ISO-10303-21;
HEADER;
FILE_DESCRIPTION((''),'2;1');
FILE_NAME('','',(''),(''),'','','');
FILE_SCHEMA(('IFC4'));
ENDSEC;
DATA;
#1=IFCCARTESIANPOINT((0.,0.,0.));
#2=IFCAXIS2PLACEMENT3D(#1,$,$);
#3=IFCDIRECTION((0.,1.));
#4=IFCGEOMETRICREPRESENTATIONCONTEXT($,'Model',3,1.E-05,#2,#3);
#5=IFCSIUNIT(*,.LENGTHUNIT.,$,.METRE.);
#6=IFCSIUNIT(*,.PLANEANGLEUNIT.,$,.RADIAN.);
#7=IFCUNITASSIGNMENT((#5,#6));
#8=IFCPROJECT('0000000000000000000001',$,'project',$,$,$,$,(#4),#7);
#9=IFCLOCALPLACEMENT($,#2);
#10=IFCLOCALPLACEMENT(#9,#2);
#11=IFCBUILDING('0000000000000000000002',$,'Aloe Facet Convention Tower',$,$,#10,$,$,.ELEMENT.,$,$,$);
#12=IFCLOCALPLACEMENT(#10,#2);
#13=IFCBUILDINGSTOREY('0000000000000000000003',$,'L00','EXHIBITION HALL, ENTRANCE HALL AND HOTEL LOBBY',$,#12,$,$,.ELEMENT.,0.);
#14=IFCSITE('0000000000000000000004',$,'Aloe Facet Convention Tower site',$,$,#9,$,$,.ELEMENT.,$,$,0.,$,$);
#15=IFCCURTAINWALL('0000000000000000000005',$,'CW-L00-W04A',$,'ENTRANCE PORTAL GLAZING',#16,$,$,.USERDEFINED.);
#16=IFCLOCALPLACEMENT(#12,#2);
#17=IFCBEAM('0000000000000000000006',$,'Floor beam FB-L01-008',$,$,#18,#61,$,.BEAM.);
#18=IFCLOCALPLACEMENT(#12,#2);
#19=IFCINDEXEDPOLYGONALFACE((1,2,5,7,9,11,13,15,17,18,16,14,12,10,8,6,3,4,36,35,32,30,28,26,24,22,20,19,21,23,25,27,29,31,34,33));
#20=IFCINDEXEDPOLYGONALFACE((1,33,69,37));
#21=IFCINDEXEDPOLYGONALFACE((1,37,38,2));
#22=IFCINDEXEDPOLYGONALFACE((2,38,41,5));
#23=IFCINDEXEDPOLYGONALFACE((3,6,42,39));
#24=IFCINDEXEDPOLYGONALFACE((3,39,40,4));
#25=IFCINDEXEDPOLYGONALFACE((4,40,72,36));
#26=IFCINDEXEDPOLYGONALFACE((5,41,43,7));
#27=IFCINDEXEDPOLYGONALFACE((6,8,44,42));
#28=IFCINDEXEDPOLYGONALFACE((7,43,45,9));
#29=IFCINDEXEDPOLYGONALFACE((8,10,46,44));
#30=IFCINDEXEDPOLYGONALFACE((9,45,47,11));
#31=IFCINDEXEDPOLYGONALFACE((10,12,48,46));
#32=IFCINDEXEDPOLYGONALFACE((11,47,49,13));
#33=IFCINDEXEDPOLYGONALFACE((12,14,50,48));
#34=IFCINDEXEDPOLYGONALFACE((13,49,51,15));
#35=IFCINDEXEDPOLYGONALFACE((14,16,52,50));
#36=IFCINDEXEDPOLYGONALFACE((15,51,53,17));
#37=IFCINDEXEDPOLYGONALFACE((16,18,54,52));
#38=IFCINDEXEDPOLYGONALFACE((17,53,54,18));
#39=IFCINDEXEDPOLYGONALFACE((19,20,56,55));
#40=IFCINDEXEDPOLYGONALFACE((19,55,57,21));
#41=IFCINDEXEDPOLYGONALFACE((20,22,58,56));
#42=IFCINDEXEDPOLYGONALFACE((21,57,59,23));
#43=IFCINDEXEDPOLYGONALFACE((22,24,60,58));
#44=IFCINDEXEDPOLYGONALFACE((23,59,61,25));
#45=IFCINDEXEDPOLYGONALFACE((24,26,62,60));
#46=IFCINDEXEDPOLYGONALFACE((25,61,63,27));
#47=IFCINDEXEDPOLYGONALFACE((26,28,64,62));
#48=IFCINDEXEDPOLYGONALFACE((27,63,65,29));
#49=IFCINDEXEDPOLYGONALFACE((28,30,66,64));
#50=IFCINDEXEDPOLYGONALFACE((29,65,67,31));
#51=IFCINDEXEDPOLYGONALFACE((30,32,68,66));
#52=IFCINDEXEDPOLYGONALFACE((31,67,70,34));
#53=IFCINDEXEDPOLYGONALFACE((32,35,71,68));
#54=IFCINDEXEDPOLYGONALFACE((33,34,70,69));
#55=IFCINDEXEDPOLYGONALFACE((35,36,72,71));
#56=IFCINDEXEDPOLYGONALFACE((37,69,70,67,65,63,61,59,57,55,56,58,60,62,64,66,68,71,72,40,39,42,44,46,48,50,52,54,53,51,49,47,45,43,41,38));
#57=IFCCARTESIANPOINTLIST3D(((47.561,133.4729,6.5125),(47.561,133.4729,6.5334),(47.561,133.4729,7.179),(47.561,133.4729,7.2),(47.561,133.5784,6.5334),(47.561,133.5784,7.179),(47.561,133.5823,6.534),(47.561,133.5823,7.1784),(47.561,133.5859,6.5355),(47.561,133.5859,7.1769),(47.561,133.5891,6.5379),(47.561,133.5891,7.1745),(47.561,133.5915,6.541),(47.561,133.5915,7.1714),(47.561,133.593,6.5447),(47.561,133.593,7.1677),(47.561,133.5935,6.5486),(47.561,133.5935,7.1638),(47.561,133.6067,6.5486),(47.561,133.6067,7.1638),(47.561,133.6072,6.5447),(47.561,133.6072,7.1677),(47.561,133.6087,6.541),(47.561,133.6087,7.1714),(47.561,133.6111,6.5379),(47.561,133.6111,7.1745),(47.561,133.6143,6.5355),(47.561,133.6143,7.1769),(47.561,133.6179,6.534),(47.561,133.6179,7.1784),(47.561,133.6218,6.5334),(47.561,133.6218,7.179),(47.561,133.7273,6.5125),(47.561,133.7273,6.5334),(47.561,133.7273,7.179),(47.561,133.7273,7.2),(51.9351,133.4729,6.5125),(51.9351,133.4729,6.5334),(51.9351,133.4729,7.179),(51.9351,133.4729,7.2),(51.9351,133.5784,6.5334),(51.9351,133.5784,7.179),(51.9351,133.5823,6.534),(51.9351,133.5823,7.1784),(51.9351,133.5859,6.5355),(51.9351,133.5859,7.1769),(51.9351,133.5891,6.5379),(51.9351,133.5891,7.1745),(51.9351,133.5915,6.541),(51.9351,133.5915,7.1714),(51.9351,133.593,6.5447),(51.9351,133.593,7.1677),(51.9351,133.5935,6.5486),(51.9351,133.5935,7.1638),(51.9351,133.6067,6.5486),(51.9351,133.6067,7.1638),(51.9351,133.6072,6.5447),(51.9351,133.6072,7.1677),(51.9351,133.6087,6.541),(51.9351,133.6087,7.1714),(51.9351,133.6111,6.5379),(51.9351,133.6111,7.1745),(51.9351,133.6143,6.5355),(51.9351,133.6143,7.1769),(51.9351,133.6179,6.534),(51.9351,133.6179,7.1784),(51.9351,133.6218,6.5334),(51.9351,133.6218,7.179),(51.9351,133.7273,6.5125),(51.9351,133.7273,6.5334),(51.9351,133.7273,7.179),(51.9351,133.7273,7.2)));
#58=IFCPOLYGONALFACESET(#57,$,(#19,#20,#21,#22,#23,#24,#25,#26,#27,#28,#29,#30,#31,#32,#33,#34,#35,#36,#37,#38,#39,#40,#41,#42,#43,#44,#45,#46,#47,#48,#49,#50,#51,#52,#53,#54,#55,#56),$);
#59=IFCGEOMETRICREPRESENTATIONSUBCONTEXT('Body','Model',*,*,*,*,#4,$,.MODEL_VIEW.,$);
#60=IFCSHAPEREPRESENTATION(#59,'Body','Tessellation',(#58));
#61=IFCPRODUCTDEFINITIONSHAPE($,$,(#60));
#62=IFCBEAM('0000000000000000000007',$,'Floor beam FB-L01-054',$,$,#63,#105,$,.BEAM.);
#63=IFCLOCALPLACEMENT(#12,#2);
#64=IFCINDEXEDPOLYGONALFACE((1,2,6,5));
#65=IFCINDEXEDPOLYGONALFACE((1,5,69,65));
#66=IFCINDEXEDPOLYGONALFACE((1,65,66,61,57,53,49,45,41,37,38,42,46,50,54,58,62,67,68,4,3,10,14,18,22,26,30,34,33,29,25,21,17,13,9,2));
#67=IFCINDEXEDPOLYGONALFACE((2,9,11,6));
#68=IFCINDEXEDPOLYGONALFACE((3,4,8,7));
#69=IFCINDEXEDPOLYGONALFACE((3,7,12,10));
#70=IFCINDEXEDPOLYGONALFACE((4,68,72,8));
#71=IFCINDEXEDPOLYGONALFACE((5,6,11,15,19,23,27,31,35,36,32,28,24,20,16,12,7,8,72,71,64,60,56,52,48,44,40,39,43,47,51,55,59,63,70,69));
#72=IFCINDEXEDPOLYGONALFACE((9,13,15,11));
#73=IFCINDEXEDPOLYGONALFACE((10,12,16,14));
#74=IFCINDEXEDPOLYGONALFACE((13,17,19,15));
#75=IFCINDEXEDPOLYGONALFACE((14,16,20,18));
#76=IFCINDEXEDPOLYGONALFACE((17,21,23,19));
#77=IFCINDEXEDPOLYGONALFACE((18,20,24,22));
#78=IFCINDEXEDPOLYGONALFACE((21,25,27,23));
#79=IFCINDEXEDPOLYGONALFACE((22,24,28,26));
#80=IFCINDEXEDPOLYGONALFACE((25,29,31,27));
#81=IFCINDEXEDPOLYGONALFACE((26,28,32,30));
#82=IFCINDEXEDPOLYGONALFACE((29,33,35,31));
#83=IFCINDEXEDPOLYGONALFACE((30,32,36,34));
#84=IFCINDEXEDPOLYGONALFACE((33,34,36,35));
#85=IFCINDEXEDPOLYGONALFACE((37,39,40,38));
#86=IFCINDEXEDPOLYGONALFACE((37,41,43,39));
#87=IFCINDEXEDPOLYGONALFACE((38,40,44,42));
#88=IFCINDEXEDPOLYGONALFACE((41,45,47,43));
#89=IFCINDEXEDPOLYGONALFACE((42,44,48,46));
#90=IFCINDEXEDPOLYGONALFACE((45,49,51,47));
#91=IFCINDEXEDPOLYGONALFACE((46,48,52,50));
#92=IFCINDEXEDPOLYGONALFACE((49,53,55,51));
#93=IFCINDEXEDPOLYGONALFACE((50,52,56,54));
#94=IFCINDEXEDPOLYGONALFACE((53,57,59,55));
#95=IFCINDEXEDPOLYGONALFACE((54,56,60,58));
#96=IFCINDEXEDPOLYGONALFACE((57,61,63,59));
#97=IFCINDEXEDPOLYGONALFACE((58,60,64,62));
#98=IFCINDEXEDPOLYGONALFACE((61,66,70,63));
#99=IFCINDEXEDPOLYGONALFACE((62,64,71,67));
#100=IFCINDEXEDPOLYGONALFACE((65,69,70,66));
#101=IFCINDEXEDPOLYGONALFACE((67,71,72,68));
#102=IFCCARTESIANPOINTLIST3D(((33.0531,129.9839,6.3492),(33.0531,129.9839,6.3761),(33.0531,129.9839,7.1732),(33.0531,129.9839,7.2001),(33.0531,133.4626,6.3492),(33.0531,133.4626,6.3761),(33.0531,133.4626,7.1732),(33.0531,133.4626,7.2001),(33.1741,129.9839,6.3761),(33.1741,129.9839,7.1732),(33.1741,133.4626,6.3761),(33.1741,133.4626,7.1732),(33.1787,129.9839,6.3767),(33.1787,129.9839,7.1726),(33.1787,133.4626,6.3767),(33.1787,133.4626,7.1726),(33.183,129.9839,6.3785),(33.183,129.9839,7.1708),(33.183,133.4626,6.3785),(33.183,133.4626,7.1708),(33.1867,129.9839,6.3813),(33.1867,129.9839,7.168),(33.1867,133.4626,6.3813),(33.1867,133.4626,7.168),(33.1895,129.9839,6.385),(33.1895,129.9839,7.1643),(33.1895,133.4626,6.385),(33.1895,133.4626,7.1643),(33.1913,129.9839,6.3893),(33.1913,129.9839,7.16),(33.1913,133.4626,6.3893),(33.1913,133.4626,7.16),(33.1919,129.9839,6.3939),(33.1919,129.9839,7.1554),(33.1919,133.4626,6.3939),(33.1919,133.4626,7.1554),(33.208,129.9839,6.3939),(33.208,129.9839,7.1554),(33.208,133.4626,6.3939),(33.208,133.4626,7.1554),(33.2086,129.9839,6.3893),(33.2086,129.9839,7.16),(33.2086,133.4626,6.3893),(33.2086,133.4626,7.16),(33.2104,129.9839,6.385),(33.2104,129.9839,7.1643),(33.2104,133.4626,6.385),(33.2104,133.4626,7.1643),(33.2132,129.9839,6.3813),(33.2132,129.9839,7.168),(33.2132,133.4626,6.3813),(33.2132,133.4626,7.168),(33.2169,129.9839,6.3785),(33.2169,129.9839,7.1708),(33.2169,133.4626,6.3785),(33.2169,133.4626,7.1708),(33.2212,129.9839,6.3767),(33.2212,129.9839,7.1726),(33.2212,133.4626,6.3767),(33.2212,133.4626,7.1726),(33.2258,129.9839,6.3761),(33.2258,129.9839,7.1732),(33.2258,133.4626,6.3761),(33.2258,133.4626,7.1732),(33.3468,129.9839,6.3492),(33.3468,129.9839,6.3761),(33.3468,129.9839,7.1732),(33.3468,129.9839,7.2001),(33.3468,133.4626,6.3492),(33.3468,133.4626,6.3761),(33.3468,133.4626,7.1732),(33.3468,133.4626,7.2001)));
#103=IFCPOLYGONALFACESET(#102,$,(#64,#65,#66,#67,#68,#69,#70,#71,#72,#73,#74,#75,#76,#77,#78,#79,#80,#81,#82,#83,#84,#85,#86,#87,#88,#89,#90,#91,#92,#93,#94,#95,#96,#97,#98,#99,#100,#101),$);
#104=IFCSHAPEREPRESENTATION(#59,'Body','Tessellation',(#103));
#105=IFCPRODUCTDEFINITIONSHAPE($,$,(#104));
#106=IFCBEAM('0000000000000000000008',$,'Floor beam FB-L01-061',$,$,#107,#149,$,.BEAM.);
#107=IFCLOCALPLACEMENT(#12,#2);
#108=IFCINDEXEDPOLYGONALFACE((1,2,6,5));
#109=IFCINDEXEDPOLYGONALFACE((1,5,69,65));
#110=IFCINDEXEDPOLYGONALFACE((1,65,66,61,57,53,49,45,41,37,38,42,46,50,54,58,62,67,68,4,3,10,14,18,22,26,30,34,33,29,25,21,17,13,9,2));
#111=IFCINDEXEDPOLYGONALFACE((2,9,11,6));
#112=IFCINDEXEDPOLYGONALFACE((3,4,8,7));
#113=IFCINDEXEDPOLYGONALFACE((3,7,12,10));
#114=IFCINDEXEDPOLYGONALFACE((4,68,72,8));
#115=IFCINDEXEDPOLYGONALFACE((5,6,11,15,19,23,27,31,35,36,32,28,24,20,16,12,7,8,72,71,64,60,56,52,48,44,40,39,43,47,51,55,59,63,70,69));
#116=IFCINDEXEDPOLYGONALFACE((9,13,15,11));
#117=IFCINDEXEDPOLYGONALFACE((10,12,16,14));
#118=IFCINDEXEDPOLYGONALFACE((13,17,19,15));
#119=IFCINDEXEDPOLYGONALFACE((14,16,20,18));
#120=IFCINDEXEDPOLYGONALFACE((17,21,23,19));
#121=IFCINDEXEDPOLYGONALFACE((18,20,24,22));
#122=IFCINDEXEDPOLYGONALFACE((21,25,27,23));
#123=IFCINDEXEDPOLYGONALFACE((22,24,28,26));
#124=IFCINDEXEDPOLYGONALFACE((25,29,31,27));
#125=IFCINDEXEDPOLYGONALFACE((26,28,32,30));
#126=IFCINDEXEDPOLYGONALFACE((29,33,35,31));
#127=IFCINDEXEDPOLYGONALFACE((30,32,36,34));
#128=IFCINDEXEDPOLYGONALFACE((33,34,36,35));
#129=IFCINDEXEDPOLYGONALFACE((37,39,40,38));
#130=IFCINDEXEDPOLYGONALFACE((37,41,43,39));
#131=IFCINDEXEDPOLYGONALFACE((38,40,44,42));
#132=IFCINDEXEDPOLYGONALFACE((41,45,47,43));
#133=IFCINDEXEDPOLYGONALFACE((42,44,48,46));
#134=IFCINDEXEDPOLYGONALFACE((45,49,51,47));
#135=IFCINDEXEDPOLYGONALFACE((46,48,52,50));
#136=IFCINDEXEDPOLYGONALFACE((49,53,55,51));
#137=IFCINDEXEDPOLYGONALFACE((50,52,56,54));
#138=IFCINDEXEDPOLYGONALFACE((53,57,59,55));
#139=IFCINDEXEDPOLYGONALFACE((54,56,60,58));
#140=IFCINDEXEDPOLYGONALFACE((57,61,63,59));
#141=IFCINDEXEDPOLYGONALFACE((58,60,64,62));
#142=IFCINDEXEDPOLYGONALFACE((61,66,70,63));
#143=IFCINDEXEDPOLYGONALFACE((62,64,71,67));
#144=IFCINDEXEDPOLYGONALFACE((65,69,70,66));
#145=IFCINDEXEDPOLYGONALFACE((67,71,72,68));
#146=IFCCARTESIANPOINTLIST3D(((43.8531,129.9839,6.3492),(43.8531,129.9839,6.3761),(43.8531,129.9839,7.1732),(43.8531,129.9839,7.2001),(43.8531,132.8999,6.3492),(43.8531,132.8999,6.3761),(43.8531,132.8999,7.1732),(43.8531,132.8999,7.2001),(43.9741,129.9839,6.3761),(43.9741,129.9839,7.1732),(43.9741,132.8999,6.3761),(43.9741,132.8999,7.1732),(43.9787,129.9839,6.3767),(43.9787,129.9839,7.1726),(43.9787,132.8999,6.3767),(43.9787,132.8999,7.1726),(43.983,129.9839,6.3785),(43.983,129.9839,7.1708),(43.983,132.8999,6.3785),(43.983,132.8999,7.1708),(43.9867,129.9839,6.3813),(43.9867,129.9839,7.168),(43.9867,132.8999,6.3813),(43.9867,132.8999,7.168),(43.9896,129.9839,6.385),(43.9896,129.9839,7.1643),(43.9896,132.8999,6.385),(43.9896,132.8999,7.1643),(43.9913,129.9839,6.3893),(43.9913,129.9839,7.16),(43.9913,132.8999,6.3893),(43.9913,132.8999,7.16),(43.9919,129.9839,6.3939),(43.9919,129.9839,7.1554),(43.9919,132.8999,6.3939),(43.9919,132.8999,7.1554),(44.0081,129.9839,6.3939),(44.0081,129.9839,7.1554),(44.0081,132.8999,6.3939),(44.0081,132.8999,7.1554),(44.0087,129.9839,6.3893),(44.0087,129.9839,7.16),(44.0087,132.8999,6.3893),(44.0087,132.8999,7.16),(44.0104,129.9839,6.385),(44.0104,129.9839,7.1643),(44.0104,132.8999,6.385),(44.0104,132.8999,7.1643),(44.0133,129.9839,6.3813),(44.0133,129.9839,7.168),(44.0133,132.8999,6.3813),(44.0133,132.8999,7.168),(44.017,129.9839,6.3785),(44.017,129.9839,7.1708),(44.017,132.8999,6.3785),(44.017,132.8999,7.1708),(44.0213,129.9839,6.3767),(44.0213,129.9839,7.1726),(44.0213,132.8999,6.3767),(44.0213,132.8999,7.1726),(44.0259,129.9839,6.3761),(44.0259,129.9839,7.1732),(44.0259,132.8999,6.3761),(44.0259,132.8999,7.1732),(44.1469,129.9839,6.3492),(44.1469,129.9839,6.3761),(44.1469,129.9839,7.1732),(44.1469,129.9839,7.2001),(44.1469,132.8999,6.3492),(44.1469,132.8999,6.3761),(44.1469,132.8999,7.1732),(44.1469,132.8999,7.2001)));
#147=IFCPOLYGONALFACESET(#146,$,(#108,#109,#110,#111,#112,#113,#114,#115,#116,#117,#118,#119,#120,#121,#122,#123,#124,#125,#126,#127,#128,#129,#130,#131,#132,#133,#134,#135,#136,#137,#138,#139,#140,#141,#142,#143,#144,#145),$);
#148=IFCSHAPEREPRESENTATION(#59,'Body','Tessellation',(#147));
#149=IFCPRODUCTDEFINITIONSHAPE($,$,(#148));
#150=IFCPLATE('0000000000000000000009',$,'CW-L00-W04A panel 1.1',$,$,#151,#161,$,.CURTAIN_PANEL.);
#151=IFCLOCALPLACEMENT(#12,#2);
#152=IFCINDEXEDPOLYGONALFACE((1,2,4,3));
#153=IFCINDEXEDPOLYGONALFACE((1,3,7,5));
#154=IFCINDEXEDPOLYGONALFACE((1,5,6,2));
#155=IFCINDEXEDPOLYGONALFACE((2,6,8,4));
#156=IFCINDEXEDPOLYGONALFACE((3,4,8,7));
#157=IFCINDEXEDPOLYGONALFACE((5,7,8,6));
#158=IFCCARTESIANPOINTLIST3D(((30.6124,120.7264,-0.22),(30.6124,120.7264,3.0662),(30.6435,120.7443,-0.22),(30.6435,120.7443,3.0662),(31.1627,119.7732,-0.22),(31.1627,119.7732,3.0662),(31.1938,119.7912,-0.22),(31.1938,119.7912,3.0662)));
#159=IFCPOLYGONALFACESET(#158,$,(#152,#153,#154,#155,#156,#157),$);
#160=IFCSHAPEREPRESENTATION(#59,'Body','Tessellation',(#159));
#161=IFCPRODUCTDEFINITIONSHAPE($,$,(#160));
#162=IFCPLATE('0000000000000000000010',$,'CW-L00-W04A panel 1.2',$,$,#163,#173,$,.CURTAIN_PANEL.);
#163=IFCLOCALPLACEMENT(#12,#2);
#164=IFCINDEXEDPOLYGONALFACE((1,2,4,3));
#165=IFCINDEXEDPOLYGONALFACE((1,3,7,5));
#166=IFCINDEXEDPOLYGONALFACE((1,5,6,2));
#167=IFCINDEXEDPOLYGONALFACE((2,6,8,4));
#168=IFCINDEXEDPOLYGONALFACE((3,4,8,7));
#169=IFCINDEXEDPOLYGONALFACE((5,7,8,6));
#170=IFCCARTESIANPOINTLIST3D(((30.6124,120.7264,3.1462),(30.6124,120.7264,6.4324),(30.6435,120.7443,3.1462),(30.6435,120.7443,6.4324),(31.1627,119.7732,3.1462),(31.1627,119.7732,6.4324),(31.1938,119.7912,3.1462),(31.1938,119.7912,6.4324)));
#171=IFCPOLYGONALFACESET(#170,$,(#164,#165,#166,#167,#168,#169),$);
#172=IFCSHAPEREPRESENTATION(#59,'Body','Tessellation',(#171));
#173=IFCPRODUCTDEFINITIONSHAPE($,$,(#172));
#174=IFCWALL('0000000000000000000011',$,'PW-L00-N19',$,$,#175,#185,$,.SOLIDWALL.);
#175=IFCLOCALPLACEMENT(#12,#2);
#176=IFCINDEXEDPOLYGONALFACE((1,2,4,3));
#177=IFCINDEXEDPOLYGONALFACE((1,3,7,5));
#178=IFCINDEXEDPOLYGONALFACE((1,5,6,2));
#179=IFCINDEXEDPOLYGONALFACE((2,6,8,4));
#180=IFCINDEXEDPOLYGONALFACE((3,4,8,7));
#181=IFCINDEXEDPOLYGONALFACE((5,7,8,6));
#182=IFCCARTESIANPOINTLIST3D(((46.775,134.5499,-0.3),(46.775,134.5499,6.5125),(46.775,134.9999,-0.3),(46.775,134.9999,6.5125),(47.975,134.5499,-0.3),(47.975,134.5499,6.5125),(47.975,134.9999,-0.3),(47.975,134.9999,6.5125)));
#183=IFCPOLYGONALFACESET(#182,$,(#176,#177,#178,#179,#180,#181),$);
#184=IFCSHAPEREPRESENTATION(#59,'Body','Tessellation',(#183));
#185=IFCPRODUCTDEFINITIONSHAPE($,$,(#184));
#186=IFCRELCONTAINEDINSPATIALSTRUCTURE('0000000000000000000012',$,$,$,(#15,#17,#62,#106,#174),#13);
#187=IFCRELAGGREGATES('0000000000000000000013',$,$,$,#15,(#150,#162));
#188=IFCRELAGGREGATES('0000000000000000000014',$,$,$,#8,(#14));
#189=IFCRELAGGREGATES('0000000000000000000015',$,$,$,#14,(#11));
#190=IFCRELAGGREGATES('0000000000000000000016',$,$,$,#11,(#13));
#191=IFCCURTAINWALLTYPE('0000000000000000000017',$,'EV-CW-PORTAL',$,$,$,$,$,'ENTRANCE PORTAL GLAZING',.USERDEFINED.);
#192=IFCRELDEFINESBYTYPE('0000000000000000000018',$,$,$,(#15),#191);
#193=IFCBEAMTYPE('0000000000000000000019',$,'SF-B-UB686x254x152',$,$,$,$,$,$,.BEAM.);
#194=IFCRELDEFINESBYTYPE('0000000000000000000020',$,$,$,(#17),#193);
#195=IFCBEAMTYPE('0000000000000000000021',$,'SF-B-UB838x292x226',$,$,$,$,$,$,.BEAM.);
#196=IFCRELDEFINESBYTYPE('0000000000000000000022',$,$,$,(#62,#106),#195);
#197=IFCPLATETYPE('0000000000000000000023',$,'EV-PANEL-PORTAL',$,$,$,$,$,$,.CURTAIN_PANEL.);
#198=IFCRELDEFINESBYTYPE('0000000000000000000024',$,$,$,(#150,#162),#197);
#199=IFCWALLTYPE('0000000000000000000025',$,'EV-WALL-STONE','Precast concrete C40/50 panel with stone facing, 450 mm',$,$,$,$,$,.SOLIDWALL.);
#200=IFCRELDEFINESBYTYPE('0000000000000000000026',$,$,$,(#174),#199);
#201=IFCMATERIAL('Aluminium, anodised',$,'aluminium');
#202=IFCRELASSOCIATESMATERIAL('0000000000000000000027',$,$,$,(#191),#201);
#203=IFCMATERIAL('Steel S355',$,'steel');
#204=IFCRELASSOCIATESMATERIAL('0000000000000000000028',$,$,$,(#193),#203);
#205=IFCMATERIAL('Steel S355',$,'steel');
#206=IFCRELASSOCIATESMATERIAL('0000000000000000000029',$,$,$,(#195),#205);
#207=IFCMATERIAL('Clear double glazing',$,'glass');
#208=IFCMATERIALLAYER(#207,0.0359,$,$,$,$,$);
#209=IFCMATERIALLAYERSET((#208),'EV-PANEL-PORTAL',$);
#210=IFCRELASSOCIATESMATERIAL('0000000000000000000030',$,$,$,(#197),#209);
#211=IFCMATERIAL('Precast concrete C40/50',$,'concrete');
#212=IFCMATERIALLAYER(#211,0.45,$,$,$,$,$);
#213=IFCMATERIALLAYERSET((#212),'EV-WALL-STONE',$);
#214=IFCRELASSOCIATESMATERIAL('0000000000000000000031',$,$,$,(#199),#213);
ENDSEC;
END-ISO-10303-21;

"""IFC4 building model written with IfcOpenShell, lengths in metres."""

from ifc_helpers import new_model, si_unit, direction, frame, frame_2d, origin, origin_2d, place, context, subcontext, project, spatial, rectangle, i_section, extrude, material, layer, layer_set, material_profile, profile_set, type_object, element, aggregate, save


model = new_model("IFC4")

# Units and contexts
model_context = context("Model", 3, precision=1e-05, world=origin(), true_north=direction((0.0, 1.0)))
body_context = subcontext(model_context, "Body", "Model", "MODEL_VIEW")
ifc_project = project(units=[si_unit("LENGTHUNIT", "METRE"), si_unit("PLANEANGLEUNIT", "RADIAN")], contexts=[model_context])

# Site, building, storey
site_placement = place(None, origin())
site = spatial("IfcSite", under=ifc_project, at=site_placement, Name="Aloe Facet Convention Tower site", CompositionType="ELEMENT", RefElevation=0.0)
building_placement = place(site_placement, origin())
building = spatial("IfcBuilding", under=site, at=building_placement, Name="Aloe Facet Convention Tower", CompositionType="ELEMENT")
storey_placement = place(building_placement, origin())
storey = spatial("IfcBuildingStorey", under=building, at=storey_placement, Name="L00", Description="EXHIBITION HALL, ENTRANCE HALL AND HOTEL LOBBY", CompositionType="ELEMENT", Elevation=0.0)

# Curtain wall
ifc_material_1 = material(Name="Aluminium, anodised", Category="aluminium")
curtain_wall_type = type_object("IfcCurtainWallType", Name="EV-CW-PORTAL", ElementType="ENTRANCE PORTAL GLAZING", PredefinedType="USERDEFINED", material=ifc_material_1)
curtain_wall_placement = place(storey_placement, origin())
curtain_wall = element("IfcCurtainWall", 1, at=curtain_wall_placement, inside=storey, type_object=curtain_wall_type, Name="CW-L00-W04A", ObjectType="ENTRANCE PORTAL GLAZING", PredefinedType="USERDEFINED")

# Beams
ifc_material_2 = material(Name="Steel S355", Category="steel")
ifc_material_profile_1 = material_profile(ifc_material_2, i_section(OverallWidth=0.2544, OverallDepth=0.6875, WebThickness=0.0132, FlangeThickness=0.021, FilletRadius=0.0151, at=origin_2d()), Name="UB 686x254x152")
ifc_profile_set_1 = profile_set([ifc_material_profile_1], Name="Steel S355")
beam_type_1 = type_object("IfcBeamType", Name="SF-B-UB686x254x152", PredefinedType="BEAM", material=ifc_profile_set_1)
beam_1_placement = place(storey_placement, frame((47.561, 133.6001, 6.8562), z_axis=(1.0, 0.0, 0.0), x_axis=(0.0, 1.0, 0.0)))
element("IfcBeam", 2, at=beam_1_placement, inside=storey, type_object=beam_type_1, Name="Floor beam FB-L01-008", PredefinedType="BEAM", context=body_context, shape_type="SweptSolid", body=[
    extrude(i_section(OverallWidth=0.2544, OverallDepth=0.6875, WebThickness=0.0132, FlangeThickness=0.021, FilletRadius=0.0151, at=origin_2d()), origin(), (0.0, 0.0, 1.0), 4.374),
])
ifc_material_3 = material(Name="Steel S355", Category="steel")
ifc_material_profile_2 = material_profile(ifc_material_3, i_section(OverallWidth=0.2937, OverallDepth=0.8508, WebThickness=0.0161, FlangeThickness=0.0269, FilletRadius=0.0178, at=origin_2d()), Name="UB 838x292x226")
ifc_profile_set_2 = profile_set([ifc_material_profile_2], Name="Steel S355")
beam_type_2 = type_object("IfcBeamType", Name="SF-B-UB838x292x226", PredefinedType="BEAM", material=ifc_profile_set_2)
beam_2_placement = place(storey_placement, frame((33.2, 129.9839, 6.7747), z_axis=(0.0, 1.0, 0.0), x_axis=(-1.0, 0.0, 0.0)))
element("IfcBeam", 3, at=beam_2_placement, inside=storey, type_object=beam_type_2, Name="Floor beam FB-L01-054", PredefinedType="BEAM", context=body_context, shape_type="SweptSolid", body=[
    extrude(i_section(OverallWidth=0.2937, OverallDepth=0.8508, WebThickness=0.0161, FlangeThickness=0.0269, FilletRadius=0.0178, at=origin_2d()), origin(), (0.0, 0.0, 1.0), 3.4788),
])
beam_3_placement = place(storey_placement, frame((44.0, 129.9839, 6.7747), z_axis=(0.0, 1.0, 0.0), x_axis=(-1.0, 0.0, 0.0)))
element("IfcBeam", 4, at=beam_3_placement, inside=storey, type_object=beam_type_2, Name="Floor beam FB-L01-061", PredefinedType="BEAM", context=body_context, shape_type="SweptSolid", body=[
    extrude(i_section(OverallWidth=0.2937, OverallDepth=0.8508, WebThickness=0.0161, FlangeThickness=0.0269, FilletRadius=0.0178, at=origin_2d()), origin(), (0.0, 0.0, 1.0), 2.916),
])

# Plates
ifc_material_4 = material(Name="Clear double glazing", Category="glass")
ifc_layer_1 = layer(ifc_material_4, 0.0359)
ifc_layer_set_1 = layer_set([ifc_layer_1], Name="EV-PANEL-PORTAL")
plate_type = type_object("IfcPlateType", Name="EV-PANEL-PORTAL", PredefinedType="CURTAIN_PANEL", material=ifc_layer_set_1)
plate_1_placement = place(storey_placement, frame((30.9031, 120.2588, -0.22), z_axis=(0.0, 0.0, 1.0), x_axis=(0.5, -0.866025, 0.0)))
plate_1 = element("IfcPlate", 5, at=plate_1_placement, type_object=plate_type, Name="CW-L00-W04A panel 1.1", PredefinedType="CURTAIN_PANEL", context=body_context, shape_type="SweptSolid", body=[
    extrude(rectangle(XDim=1.1006, YDim=0.0359, at=origin_2d()), origin(), (0.0, 0.0, 1.0), 3.2861),
])
plate_2_placement = place(storey_placement, frame((30.9031, 120.2588, 3.1462), z_axis=(0.0, 0.0, 1.0), x_axis=(0.5, -0.866025, 0.0)))
plate_2 = element("IfcPlate", 6, at=plate_2_placement, type_object=plate_type, Name="CW-L00-W04A panel 1.2", PredefinedType="CURTAIN_PANEL", context=body_context, shape_type="SweptSolid", body=[
    extrude(rectangle(XDim=1.1006, YDim=0.0359, at=origin_2d()), origin(), (0.0, 0.0, 1.0), 3.2861),
])
aggregate(curtain_wall, [plate_1, plate_2])

# Wall
ifc_material_5 = material(Name="Precast concrete C40/50", Category="concrete")
ifc_layer_2 = layer(ifc_material_5, 0.45)
ifc_layer_set_2 = layer_set([ifc_layer_2], Name="EV-WALL-STONE")
wall_type = type_object("IfcWallType", Name="EV-WALL-STONE", Description="Precast concrete C40/50 panel with stone facing, 450 mm", PredefinedType="SOLIDWALL", material=ifc_layer_set_2)
wall_1_placement = place(storey_placement, frame((47.9751, 134.7749, -0.3), z_axis=(0.0, 0.0, 1.0), x_axis=(-1.0, 0.0, 0.0)))
element("IfcWall", 7, at=wall_1_placement, inside=storey, type_object=wall_type, Name="PW-L00-N19", PredefinedType="SOLIDWALL", context=body_context, shape_type="SweptSolid", body=[
    extrude(rectangle(XDim=1.2, YDim=0.45, at=frame_2d((0.6001, 0.0))), origin(), (0.0, 0.0, 1.0), 6.8125),
])

save(model, "model.ifc")
